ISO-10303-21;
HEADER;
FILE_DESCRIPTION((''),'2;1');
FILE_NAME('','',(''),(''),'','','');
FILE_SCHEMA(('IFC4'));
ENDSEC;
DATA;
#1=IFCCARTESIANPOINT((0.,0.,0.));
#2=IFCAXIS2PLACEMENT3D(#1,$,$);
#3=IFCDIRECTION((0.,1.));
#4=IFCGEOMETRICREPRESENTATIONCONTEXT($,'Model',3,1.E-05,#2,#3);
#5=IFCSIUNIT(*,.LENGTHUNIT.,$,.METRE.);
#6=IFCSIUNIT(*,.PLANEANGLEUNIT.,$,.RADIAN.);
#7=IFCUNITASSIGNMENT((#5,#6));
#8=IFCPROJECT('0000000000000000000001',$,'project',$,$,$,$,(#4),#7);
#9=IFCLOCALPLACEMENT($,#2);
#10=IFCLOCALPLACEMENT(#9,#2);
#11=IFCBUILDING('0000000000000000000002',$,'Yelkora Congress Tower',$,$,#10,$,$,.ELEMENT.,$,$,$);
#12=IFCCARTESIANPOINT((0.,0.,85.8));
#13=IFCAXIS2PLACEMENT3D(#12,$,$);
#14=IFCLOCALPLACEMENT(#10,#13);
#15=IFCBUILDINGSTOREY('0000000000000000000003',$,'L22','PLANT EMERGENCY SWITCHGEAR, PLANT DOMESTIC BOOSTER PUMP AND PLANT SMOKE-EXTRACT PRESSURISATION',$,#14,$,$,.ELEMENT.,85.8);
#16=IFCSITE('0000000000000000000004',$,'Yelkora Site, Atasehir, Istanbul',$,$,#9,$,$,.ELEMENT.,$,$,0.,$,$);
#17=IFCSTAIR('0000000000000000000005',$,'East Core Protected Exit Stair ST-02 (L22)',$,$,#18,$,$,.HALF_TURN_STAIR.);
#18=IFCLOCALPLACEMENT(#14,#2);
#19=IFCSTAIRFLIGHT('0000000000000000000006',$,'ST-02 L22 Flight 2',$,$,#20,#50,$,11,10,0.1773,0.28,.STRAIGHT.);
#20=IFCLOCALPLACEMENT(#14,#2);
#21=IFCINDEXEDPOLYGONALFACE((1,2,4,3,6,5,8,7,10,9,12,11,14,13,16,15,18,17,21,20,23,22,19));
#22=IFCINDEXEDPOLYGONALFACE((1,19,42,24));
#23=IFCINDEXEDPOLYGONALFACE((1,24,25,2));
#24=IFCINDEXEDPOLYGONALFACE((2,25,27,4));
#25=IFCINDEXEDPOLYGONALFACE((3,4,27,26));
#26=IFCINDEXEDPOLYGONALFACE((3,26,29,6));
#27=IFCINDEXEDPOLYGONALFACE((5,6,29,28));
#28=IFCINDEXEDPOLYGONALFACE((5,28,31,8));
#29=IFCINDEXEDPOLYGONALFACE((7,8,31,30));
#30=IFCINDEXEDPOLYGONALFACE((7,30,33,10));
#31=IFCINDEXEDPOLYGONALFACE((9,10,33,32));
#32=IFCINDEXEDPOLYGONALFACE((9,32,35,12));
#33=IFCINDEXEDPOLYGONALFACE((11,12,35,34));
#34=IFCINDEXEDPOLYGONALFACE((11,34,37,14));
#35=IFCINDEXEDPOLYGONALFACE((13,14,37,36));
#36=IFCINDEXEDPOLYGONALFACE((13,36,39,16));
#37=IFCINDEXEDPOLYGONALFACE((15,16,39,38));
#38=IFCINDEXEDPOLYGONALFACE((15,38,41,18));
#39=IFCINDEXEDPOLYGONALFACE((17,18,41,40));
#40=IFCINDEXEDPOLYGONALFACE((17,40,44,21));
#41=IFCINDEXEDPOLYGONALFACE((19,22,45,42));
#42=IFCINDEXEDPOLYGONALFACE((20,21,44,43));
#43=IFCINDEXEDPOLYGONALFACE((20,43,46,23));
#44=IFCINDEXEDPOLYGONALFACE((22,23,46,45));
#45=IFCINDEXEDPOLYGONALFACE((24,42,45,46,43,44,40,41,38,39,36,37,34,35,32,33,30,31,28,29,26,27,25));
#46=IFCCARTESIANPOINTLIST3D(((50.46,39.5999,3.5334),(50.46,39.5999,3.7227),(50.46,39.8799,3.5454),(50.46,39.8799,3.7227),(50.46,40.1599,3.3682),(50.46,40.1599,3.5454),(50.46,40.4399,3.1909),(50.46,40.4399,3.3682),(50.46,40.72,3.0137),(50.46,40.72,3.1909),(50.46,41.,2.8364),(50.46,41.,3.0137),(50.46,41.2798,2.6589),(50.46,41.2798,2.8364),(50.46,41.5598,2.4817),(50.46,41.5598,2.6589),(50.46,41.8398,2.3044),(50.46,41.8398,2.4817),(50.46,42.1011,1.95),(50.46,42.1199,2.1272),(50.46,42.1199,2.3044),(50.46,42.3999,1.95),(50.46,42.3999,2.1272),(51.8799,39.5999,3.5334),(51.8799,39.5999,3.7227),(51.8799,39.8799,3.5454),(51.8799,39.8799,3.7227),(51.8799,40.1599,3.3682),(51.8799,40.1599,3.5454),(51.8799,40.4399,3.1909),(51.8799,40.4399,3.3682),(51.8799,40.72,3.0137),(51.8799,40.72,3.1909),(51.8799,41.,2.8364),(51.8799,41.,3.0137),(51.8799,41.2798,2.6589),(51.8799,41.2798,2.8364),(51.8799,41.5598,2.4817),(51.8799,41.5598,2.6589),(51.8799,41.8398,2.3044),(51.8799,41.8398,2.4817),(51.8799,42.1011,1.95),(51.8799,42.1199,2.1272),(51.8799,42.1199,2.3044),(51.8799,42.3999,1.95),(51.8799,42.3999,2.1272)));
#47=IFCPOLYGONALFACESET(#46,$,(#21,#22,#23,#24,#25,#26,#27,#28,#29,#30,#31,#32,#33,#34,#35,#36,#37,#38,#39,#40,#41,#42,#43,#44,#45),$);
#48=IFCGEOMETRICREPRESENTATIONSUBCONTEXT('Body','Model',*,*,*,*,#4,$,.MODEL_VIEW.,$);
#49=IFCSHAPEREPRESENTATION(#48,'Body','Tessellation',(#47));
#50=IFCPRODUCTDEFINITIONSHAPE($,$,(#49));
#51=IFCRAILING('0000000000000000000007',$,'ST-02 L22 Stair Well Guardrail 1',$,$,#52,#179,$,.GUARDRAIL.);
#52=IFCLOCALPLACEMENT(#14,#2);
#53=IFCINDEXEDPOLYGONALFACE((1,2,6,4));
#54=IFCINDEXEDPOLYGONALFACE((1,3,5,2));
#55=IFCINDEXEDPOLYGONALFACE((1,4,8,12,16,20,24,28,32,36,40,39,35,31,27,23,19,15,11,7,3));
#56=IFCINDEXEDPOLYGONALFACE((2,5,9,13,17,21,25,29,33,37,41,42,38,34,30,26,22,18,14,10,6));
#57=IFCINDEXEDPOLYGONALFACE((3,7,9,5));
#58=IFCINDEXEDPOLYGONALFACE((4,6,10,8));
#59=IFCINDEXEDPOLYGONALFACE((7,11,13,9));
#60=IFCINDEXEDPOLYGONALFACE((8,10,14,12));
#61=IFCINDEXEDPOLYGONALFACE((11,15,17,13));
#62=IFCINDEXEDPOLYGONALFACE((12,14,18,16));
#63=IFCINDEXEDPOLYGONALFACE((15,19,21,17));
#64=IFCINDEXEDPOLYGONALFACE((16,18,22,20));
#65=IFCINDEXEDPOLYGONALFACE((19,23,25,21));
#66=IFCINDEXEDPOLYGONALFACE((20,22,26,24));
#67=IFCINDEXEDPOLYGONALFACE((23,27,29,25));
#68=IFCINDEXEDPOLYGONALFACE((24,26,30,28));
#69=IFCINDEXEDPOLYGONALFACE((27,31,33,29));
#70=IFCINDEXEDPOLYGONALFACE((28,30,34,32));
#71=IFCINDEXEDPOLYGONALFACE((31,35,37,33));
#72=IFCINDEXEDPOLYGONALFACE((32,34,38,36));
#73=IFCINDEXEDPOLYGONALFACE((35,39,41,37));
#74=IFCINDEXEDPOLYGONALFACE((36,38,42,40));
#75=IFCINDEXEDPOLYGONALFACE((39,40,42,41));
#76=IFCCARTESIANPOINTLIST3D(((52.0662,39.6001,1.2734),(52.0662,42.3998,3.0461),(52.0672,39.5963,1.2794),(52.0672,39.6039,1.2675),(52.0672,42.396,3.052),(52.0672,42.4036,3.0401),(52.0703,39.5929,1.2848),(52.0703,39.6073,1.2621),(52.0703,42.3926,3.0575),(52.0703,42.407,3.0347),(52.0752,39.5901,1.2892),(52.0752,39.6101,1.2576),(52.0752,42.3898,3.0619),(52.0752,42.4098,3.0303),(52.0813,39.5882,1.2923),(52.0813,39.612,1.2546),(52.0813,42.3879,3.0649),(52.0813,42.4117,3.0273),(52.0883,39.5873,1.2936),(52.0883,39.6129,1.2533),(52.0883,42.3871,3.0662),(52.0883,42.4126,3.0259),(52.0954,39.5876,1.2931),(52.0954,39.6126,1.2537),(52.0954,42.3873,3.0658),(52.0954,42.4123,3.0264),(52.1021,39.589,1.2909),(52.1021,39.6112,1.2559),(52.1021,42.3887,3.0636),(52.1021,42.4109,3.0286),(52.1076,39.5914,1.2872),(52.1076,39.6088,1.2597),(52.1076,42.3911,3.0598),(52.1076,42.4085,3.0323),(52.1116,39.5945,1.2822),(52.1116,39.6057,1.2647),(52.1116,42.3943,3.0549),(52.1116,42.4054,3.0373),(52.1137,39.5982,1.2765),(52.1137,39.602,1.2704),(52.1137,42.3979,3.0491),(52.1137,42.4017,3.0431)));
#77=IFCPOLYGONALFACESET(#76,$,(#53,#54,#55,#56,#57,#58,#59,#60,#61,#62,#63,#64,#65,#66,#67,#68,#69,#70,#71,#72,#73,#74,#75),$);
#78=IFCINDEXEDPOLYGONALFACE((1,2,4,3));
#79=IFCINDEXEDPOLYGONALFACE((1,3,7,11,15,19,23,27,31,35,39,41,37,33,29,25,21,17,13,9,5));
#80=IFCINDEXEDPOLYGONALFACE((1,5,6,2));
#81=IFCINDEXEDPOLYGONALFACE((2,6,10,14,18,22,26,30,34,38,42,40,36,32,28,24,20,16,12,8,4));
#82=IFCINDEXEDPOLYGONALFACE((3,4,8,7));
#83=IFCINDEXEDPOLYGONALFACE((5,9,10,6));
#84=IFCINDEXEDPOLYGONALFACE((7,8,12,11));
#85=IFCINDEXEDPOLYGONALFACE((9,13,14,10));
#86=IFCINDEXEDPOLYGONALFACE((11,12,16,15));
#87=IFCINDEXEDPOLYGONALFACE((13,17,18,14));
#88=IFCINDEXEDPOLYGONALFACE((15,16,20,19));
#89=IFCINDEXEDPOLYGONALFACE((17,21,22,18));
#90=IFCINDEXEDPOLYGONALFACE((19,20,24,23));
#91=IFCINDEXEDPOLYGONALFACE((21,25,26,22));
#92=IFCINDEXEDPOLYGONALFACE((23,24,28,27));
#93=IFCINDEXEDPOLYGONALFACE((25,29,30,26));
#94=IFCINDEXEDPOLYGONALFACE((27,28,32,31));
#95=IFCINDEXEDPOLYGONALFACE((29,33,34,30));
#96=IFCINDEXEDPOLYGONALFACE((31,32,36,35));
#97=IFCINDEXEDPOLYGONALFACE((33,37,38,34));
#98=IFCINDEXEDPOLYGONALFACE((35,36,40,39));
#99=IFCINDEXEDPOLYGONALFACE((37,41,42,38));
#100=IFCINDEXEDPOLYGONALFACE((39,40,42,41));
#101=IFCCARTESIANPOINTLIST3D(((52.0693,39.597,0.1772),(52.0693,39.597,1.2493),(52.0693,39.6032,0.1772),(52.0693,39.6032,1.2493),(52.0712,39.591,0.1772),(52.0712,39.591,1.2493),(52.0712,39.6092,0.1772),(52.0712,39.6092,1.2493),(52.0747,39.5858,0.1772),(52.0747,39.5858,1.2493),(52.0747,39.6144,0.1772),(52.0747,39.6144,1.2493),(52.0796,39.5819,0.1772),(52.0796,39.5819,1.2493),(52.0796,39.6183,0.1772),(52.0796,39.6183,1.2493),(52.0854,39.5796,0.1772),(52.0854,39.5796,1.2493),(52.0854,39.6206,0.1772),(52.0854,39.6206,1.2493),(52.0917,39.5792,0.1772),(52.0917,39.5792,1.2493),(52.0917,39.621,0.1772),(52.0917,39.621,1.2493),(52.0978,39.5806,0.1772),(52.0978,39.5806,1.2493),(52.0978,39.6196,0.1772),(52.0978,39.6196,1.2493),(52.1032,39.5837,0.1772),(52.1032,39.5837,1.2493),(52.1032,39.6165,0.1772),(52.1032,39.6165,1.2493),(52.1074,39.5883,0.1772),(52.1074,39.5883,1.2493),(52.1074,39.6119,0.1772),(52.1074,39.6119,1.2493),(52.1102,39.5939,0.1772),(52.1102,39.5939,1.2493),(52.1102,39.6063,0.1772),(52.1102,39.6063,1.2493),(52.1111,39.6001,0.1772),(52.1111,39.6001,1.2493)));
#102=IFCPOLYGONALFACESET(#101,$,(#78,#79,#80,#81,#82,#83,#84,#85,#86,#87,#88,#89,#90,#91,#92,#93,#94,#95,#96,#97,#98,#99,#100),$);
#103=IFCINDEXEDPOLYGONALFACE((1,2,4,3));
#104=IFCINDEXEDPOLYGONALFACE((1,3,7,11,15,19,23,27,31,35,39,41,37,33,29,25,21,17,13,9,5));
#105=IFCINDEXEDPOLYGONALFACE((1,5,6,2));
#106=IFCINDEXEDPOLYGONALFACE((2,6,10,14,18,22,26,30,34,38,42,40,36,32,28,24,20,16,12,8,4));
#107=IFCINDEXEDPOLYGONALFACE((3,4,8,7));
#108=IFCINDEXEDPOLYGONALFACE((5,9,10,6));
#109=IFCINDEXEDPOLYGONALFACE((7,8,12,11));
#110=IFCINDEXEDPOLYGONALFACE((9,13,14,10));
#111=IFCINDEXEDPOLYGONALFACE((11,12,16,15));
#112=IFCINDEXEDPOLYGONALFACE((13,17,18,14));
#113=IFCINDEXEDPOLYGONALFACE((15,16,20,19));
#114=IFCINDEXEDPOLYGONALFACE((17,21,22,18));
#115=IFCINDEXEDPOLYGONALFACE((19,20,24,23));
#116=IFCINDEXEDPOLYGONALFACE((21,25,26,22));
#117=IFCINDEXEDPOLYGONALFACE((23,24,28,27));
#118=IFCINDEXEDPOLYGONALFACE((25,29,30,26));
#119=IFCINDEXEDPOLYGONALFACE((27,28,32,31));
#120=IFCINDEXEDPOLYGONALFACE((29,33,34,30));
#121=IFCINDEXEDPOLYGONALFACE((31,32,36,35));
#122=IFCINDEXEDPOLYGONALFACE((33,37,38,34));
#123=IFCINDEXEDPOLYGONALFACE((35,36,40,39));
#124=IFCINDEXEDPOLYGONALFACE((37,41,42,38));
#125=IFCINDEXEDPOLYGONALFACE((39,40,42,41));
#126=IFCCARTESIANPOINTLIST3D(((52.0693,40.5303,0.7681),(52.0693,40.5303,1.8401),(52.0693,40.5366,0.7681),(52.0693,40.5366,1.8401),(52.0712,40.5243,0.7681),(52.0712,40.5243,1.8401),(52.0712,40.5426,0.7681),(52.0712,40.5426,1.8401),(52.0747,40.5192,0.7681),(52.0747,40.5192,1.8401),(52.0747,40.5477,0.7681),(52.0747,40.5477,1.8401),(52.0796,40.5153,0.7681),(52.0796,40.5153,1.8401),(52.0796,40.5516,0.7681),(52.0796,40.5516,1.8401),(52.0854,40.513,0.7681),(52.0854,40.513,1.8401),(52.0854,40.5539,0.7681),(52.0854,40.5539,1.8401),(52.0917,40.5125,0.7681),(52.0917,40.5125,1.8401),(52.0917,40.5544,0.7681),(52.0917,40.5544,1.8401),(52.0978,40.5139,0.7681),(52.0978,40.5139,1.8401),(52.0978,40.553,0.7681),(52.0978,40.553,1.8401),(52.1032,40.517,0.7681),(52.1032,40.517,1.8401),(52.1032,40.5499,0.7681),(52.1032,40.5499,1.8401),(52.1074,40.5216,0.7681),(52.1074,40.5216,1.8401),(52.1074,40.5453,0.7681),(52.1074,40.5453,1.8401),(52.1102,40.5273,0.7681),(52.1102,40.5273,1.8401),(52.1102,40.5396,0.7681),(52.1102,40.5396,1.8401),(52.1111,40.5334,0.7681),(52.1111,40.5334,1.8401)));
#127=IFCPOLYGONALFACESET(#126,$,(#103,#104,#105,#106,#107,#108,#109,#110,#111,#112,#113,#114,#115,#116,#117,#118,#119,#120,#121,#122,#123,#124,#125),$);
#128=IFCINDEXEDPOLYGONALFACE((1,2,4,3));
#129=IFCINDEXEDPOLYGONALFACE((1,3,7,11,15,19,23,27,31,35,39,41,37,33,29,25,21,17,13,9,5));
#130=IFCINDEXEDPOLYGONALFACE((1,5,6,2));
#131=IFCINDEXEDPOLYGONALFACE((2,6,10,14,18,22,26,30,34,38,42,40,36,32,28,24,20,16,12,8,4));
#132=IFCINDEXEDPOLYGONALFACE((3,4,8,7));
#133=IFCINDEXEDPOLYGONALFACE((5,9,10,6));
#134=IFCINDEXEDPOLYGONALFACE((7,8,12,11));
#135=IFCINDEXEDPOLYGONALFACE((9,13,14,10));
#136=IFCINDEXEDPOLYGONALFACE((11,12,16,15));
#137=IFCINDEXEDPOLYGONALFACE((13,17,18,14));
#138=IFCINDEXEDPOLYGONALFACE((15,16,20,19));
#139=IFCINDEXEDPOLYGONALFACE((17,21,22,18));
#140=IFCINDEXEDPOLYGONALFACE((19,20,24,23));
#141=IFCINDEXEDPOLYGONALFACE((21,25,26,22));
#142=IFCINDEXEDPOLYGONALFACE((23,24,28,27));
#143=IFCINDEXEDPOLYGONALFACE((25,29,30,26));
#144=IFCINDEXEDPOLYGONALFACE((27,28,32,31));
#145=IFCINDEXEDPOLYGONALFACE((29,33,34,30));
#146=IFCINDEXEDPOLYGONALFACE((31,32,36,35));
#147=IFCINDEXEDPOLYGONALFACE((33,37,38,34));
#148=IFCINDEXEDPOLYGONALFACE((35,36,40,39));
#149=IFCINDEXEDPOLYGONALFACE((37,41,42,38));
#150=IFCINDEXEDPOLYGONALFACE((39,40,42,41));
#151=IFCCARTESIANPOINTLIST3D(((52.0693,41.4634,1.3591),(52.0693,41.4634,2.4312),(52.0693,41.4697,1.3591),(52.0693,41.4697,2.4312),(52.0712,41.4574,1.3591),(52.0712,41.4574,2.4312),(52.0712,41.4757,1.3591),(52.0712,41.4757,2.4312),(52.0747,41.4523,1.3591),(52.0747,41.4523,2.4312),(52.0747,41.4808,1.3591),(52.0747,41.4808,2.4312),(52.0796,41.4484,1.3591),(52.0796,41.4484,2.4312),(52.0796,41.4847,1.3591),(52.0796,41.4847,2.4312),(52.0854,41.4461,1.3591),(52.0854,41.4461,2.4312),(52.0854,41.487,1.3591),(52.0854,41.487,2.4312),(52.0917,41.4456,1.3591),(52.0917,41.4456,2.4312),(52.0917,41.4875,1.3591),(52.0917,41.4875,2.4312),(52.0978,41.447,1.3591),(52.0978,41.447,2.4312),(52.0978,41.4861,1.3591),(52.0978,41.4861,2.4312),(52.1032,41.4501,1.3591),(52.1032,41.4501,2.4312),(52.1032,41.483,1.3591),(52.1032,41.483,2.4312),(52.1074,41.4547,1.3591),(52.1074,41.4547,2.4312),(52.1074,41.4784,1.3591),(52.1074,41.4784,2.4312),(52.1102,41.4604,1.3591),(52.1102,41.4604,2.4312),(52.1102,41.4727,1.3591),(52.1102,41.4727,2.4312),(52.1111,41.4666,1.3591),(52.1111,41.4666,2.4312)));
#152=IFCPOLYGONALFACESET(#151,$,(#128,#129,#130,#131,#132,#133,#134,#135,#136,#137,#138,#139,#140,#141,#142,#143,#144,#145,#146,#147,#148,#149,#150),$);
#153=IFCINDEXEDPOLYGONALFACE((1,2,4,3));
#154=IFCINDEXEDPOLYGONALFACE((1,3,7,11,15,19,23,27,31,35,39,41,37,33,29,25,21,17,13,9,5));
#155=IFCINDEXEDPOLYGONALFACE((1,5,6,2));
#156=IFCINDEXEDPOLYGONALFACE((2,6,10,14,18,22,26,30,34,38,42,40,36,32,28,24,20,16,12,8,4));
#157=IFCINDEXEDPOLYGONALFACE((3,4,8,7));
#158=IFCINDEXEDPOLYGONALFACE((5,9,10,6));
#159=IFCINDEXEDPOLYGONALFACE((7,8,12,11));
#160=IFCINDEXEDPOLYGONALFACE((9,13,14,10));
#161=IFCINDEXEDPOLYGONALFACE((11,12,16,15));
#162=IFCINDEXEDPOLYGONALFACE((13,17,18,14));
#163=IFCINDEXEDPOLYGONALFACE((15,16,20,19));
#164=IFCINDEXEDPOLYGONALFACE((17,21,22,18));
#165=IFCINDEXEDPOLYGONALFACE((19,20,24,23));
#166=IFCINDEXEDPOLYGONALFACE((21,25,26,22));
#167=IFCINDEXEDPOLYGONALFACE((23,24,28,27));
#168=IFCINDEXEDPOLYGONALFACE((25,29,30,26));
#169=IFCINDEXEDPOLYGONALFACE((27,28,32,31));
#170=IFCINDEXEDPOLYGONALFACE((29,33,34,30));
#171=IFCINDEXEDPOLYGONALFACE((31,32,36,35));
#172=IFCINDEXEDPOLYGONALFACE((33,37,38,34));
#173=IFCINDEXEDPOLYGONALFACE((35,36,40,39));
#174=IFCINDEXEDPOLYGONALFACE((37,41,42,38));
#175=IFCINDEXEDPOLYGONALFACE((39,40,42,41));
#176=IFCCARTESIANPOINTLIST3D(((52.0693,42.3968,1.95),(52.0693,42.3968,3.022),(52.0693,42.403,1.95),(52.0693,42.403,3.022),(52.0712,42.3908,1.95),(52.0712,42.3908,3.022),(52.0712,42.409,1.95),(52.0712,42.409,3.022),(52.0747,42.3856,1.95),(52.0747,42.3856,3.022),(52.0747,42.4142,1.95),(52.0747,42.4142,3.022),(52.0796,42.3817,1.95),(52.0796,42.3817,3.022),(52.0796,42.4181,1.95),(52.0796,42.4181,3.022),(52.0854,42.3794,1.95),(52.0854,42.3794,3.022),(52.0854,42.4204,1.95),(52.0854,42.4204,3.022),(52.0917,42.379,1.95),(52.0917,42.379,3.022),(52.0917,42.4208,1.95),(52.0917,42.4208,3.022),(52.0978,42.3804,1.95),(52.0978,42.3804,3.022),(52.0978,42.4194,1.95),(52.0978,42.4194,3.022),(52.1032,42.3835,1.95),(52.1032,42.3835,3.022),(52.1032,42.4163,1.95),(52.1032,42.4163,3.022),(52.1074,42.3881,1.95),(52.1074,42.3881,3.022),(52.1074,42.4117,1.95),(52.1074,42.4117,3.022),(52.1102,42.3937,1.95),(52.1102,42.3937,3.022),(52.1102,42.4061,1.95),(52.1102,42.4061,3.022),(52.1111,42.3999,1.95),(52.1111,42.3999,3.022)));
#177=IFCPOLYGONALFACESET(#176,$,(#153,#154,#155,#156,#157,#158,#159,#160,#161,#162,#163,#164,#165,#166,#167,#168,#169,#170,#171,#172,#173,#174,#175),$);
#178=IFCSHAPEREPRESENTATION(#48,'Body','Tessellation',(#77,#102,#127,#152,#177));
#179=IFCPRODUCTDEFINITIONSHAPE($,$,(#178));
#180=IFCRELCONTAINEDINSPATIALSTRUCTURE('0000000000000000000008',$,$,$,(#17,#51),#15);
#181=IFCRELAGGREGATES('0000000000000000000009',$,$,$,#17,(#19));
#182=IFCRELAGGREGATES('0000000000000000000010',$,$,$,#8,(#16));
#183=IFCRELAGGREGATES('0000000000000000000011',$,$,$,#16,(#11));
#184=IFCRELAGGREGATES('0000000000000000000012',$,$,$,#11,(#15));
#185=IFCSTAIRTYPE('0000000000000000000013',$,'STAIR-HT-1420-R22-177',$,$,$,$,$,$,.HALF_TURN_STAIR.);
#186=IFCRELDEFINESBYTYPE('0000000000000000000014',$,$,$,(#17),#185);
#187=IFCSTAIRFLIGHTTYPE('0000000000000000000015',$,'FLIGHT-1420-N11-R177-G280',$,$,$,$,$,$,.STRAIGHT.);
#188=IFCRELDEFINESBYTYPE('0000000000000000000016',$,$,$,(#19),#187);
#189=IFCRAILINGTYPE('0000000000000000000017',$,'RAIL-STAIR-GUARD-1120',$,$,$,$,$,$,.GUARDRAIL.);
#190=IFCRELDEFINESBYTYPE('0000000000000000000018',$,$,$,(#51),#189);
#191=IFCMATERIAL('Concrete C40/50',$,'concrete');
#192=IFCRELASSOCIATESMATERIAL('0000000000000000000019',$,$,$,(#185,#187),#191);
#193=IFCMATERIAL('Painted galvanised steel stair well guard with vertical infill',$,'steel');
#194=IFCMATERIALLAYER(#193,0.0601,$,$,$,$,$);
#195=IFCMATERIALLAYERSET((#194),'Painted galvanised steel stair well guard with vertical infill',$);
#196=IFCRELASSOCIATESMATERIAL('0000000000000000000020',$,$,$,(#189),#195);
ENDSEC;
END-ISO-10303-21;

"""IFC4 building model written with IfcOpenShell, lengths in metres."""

from ifc_helpers import new_model, si_unit, direction, frame, origin, origin_2d, place, context, subcontext, project, spatial, polyline, circle, outline, extrude, material, layer, layer_set, type_object, element, aggregate, save


model = new_model("IFC4")

# Units and contexts
model_context = context("Model", 3, precision=1e-05, world=origin(), true_north=direction((0.0, 1.0)))
body_context = subcontext(model_context, "Body", "Model", "MODEL_VIEW")
ifc_project = project(units=[si_unit("LENGTHUNIT", "METRE"), si_unit("PLANEANGLEUNIT", "RADIAN")], contexts=[model_context])

# Site, building, storey
site_placement = place(None, origin())
site = spatial("IfcSite", under=ifc_project, at=site_placement, Name="Yelkora Site, Atasehir, Istanbul", CompositionType="ELEMENT", RefElevation=0.0)
building_placement = place(site_placement, origin())
building = spatial("IfcBuilding", under=site, at=building_placement, Name="Yelkora Congress Tower", CompositionType="ELEMENT")
storey_placement = place(building_placement, frame((0.0, 0.0, 85.8)))
storey = spatial("IfcBuildingStorey", under=building, at=storey_placement, Name="L22", Description="PLANT EMERGENCY SWITCHGEAR, PLANT DOMESTIC BOOSTER PUMP AND PLANT SMOKE-EXTRACT PRESSURISATION", CompositionType="ELEMENT", Elevation=85.8)

# Stair, stair flight
ifc_material_1 = material(Name="Concrete C40/50", Category="concrete")
stair_type = type_object("IfcStairType", Name="STAIR-HT-1420-R22-177", PredefinedType="HALF_TURN_STAIR", material=ifc_material_1)
stair_placement = place(storey_placement, origin())
stair = element("IfcStair", 1, at=stair_placement, inside=storey, type_object=stair_type, Name="East Core Protected Exit Stair ST-02 (L22)", PredefinedType="HALF_TURN_STAIR")
stair_flight_type = type_object("IfcStairFlightType", Name="FLIGHT-1420-N11-R177-G280", PredefinedType="STRAIGHT", material=ifc_material_1)
stair_flight_1_placement = place(storey_placement, frame((51.1699, 42.3999, 1.95), z_axis=(0.0, 0.0, 1.0), x_axis=(0.0, -1.0, 0.0)))
stair_flight_1 = element("IfcStairFlight", 2, at=stair_flight_1_placement, type_object=stair_flight_type, Name="ST-02 L22 Flight 2", NumberOfRisers=11, NumberOfTreads=10, PredefinedType="STRAIGHT", RiserHeight=0.1773, TreadLength=0.28, context=body_context, shape_type="SweptSolid", body=[
    extrude(outline(polyline([(0.0, 0.0), (0.0, 0.1772), (0.28, 0.1772), (0.28, 0.3545), (0.5601, 0.3545), (0.5601, 0.5317), (0.8401, 0.5317), (0.8401, 0.709), (1.1201, 0.709), (1.1201, 0.8865), (1.3999, 0.8865), (1.3999, 1.0637), (1.6799, 1.0637), (1.6799, 1.241), (1.96, 1.241), (1.96, 1.4182), (2.24, 1.4182), (2.24, 1.5955), (2.52, 1.5955), (2.52, 1.7727), (2.8, 1.7727), (2.8, 1.95), (2.8, 1.5835), (0.2988, 0.0), (0.0, 0.0)])), frame((0.0, 0.71, 0.0), z_axis=(0.0, -1.0, 0.0), x_axis=(1.0, 0.0, 0.0)), (0.0, 0.0, 1.0), 1.4199),
])
aggregate(stair, [stair_flight_1])

# Railing
ifc_material_2 = material(Name="Painted galvanised steel stair well guard with vertical infill", Category="steel")
ifc_layer_1 = layer(ifc_material_2, 0.0601)
ifc_layer_set_1 = layer_set([ifc_layer_1], Name="Painted galvanised steel stair well guard with vertical infill")
railing_type_1 = type_object("IfcRailingType", Name="RAIL-STAIR-GUARD-1120", PredefinedType="GUARDRAIL", material=ifc_layer_set_1)
railing_1_placement = place(storey_placement, frame((52.0901, 39.6001, 0.1772)))
element("IfcRailing", 3, at=railing_1_placement, inside=storey, type_object=railing_type_1, Name="ST-02 L22 Stair Well Guardrail 1", PredefinedType="GUARDRAIL", context=body_context, shape_type="SweptSolid", body=[
    extrude(circle(Radius=0.0239, at=origin_2d()), frame((0.0, 0.0, 1.0962), z_axis=(0.0, 0.844888, 0.534943), x_axis=(-1.0, 0.0, 0.0)), (0.0, 0.0, 1.0), 3.3137),
    extrude(circle(Radius=0.021, at=origin_2d()), origin(), (0.0, 0.0, 1.0), 1.072),
    extrude(circle(Radius=0.021, at=origin_2d()), frame((0.0, 0.9333, 0.5908)), (0.0, 0.0, 1.0), 1.072),
    extrude(circle(Radius=0.021, at=origin_2d()), frame((0.0, 1.8665, 1.1819)), (0.0, 0.0, 1.0), 1.072),
    extrude(circle(Radius=0.021, at=origin_2d()), frame((0.0, 2.7998, 1.7727)), (0.0, 0.0, 1.0), 1.072),
])

save(model, "model.ifc")
